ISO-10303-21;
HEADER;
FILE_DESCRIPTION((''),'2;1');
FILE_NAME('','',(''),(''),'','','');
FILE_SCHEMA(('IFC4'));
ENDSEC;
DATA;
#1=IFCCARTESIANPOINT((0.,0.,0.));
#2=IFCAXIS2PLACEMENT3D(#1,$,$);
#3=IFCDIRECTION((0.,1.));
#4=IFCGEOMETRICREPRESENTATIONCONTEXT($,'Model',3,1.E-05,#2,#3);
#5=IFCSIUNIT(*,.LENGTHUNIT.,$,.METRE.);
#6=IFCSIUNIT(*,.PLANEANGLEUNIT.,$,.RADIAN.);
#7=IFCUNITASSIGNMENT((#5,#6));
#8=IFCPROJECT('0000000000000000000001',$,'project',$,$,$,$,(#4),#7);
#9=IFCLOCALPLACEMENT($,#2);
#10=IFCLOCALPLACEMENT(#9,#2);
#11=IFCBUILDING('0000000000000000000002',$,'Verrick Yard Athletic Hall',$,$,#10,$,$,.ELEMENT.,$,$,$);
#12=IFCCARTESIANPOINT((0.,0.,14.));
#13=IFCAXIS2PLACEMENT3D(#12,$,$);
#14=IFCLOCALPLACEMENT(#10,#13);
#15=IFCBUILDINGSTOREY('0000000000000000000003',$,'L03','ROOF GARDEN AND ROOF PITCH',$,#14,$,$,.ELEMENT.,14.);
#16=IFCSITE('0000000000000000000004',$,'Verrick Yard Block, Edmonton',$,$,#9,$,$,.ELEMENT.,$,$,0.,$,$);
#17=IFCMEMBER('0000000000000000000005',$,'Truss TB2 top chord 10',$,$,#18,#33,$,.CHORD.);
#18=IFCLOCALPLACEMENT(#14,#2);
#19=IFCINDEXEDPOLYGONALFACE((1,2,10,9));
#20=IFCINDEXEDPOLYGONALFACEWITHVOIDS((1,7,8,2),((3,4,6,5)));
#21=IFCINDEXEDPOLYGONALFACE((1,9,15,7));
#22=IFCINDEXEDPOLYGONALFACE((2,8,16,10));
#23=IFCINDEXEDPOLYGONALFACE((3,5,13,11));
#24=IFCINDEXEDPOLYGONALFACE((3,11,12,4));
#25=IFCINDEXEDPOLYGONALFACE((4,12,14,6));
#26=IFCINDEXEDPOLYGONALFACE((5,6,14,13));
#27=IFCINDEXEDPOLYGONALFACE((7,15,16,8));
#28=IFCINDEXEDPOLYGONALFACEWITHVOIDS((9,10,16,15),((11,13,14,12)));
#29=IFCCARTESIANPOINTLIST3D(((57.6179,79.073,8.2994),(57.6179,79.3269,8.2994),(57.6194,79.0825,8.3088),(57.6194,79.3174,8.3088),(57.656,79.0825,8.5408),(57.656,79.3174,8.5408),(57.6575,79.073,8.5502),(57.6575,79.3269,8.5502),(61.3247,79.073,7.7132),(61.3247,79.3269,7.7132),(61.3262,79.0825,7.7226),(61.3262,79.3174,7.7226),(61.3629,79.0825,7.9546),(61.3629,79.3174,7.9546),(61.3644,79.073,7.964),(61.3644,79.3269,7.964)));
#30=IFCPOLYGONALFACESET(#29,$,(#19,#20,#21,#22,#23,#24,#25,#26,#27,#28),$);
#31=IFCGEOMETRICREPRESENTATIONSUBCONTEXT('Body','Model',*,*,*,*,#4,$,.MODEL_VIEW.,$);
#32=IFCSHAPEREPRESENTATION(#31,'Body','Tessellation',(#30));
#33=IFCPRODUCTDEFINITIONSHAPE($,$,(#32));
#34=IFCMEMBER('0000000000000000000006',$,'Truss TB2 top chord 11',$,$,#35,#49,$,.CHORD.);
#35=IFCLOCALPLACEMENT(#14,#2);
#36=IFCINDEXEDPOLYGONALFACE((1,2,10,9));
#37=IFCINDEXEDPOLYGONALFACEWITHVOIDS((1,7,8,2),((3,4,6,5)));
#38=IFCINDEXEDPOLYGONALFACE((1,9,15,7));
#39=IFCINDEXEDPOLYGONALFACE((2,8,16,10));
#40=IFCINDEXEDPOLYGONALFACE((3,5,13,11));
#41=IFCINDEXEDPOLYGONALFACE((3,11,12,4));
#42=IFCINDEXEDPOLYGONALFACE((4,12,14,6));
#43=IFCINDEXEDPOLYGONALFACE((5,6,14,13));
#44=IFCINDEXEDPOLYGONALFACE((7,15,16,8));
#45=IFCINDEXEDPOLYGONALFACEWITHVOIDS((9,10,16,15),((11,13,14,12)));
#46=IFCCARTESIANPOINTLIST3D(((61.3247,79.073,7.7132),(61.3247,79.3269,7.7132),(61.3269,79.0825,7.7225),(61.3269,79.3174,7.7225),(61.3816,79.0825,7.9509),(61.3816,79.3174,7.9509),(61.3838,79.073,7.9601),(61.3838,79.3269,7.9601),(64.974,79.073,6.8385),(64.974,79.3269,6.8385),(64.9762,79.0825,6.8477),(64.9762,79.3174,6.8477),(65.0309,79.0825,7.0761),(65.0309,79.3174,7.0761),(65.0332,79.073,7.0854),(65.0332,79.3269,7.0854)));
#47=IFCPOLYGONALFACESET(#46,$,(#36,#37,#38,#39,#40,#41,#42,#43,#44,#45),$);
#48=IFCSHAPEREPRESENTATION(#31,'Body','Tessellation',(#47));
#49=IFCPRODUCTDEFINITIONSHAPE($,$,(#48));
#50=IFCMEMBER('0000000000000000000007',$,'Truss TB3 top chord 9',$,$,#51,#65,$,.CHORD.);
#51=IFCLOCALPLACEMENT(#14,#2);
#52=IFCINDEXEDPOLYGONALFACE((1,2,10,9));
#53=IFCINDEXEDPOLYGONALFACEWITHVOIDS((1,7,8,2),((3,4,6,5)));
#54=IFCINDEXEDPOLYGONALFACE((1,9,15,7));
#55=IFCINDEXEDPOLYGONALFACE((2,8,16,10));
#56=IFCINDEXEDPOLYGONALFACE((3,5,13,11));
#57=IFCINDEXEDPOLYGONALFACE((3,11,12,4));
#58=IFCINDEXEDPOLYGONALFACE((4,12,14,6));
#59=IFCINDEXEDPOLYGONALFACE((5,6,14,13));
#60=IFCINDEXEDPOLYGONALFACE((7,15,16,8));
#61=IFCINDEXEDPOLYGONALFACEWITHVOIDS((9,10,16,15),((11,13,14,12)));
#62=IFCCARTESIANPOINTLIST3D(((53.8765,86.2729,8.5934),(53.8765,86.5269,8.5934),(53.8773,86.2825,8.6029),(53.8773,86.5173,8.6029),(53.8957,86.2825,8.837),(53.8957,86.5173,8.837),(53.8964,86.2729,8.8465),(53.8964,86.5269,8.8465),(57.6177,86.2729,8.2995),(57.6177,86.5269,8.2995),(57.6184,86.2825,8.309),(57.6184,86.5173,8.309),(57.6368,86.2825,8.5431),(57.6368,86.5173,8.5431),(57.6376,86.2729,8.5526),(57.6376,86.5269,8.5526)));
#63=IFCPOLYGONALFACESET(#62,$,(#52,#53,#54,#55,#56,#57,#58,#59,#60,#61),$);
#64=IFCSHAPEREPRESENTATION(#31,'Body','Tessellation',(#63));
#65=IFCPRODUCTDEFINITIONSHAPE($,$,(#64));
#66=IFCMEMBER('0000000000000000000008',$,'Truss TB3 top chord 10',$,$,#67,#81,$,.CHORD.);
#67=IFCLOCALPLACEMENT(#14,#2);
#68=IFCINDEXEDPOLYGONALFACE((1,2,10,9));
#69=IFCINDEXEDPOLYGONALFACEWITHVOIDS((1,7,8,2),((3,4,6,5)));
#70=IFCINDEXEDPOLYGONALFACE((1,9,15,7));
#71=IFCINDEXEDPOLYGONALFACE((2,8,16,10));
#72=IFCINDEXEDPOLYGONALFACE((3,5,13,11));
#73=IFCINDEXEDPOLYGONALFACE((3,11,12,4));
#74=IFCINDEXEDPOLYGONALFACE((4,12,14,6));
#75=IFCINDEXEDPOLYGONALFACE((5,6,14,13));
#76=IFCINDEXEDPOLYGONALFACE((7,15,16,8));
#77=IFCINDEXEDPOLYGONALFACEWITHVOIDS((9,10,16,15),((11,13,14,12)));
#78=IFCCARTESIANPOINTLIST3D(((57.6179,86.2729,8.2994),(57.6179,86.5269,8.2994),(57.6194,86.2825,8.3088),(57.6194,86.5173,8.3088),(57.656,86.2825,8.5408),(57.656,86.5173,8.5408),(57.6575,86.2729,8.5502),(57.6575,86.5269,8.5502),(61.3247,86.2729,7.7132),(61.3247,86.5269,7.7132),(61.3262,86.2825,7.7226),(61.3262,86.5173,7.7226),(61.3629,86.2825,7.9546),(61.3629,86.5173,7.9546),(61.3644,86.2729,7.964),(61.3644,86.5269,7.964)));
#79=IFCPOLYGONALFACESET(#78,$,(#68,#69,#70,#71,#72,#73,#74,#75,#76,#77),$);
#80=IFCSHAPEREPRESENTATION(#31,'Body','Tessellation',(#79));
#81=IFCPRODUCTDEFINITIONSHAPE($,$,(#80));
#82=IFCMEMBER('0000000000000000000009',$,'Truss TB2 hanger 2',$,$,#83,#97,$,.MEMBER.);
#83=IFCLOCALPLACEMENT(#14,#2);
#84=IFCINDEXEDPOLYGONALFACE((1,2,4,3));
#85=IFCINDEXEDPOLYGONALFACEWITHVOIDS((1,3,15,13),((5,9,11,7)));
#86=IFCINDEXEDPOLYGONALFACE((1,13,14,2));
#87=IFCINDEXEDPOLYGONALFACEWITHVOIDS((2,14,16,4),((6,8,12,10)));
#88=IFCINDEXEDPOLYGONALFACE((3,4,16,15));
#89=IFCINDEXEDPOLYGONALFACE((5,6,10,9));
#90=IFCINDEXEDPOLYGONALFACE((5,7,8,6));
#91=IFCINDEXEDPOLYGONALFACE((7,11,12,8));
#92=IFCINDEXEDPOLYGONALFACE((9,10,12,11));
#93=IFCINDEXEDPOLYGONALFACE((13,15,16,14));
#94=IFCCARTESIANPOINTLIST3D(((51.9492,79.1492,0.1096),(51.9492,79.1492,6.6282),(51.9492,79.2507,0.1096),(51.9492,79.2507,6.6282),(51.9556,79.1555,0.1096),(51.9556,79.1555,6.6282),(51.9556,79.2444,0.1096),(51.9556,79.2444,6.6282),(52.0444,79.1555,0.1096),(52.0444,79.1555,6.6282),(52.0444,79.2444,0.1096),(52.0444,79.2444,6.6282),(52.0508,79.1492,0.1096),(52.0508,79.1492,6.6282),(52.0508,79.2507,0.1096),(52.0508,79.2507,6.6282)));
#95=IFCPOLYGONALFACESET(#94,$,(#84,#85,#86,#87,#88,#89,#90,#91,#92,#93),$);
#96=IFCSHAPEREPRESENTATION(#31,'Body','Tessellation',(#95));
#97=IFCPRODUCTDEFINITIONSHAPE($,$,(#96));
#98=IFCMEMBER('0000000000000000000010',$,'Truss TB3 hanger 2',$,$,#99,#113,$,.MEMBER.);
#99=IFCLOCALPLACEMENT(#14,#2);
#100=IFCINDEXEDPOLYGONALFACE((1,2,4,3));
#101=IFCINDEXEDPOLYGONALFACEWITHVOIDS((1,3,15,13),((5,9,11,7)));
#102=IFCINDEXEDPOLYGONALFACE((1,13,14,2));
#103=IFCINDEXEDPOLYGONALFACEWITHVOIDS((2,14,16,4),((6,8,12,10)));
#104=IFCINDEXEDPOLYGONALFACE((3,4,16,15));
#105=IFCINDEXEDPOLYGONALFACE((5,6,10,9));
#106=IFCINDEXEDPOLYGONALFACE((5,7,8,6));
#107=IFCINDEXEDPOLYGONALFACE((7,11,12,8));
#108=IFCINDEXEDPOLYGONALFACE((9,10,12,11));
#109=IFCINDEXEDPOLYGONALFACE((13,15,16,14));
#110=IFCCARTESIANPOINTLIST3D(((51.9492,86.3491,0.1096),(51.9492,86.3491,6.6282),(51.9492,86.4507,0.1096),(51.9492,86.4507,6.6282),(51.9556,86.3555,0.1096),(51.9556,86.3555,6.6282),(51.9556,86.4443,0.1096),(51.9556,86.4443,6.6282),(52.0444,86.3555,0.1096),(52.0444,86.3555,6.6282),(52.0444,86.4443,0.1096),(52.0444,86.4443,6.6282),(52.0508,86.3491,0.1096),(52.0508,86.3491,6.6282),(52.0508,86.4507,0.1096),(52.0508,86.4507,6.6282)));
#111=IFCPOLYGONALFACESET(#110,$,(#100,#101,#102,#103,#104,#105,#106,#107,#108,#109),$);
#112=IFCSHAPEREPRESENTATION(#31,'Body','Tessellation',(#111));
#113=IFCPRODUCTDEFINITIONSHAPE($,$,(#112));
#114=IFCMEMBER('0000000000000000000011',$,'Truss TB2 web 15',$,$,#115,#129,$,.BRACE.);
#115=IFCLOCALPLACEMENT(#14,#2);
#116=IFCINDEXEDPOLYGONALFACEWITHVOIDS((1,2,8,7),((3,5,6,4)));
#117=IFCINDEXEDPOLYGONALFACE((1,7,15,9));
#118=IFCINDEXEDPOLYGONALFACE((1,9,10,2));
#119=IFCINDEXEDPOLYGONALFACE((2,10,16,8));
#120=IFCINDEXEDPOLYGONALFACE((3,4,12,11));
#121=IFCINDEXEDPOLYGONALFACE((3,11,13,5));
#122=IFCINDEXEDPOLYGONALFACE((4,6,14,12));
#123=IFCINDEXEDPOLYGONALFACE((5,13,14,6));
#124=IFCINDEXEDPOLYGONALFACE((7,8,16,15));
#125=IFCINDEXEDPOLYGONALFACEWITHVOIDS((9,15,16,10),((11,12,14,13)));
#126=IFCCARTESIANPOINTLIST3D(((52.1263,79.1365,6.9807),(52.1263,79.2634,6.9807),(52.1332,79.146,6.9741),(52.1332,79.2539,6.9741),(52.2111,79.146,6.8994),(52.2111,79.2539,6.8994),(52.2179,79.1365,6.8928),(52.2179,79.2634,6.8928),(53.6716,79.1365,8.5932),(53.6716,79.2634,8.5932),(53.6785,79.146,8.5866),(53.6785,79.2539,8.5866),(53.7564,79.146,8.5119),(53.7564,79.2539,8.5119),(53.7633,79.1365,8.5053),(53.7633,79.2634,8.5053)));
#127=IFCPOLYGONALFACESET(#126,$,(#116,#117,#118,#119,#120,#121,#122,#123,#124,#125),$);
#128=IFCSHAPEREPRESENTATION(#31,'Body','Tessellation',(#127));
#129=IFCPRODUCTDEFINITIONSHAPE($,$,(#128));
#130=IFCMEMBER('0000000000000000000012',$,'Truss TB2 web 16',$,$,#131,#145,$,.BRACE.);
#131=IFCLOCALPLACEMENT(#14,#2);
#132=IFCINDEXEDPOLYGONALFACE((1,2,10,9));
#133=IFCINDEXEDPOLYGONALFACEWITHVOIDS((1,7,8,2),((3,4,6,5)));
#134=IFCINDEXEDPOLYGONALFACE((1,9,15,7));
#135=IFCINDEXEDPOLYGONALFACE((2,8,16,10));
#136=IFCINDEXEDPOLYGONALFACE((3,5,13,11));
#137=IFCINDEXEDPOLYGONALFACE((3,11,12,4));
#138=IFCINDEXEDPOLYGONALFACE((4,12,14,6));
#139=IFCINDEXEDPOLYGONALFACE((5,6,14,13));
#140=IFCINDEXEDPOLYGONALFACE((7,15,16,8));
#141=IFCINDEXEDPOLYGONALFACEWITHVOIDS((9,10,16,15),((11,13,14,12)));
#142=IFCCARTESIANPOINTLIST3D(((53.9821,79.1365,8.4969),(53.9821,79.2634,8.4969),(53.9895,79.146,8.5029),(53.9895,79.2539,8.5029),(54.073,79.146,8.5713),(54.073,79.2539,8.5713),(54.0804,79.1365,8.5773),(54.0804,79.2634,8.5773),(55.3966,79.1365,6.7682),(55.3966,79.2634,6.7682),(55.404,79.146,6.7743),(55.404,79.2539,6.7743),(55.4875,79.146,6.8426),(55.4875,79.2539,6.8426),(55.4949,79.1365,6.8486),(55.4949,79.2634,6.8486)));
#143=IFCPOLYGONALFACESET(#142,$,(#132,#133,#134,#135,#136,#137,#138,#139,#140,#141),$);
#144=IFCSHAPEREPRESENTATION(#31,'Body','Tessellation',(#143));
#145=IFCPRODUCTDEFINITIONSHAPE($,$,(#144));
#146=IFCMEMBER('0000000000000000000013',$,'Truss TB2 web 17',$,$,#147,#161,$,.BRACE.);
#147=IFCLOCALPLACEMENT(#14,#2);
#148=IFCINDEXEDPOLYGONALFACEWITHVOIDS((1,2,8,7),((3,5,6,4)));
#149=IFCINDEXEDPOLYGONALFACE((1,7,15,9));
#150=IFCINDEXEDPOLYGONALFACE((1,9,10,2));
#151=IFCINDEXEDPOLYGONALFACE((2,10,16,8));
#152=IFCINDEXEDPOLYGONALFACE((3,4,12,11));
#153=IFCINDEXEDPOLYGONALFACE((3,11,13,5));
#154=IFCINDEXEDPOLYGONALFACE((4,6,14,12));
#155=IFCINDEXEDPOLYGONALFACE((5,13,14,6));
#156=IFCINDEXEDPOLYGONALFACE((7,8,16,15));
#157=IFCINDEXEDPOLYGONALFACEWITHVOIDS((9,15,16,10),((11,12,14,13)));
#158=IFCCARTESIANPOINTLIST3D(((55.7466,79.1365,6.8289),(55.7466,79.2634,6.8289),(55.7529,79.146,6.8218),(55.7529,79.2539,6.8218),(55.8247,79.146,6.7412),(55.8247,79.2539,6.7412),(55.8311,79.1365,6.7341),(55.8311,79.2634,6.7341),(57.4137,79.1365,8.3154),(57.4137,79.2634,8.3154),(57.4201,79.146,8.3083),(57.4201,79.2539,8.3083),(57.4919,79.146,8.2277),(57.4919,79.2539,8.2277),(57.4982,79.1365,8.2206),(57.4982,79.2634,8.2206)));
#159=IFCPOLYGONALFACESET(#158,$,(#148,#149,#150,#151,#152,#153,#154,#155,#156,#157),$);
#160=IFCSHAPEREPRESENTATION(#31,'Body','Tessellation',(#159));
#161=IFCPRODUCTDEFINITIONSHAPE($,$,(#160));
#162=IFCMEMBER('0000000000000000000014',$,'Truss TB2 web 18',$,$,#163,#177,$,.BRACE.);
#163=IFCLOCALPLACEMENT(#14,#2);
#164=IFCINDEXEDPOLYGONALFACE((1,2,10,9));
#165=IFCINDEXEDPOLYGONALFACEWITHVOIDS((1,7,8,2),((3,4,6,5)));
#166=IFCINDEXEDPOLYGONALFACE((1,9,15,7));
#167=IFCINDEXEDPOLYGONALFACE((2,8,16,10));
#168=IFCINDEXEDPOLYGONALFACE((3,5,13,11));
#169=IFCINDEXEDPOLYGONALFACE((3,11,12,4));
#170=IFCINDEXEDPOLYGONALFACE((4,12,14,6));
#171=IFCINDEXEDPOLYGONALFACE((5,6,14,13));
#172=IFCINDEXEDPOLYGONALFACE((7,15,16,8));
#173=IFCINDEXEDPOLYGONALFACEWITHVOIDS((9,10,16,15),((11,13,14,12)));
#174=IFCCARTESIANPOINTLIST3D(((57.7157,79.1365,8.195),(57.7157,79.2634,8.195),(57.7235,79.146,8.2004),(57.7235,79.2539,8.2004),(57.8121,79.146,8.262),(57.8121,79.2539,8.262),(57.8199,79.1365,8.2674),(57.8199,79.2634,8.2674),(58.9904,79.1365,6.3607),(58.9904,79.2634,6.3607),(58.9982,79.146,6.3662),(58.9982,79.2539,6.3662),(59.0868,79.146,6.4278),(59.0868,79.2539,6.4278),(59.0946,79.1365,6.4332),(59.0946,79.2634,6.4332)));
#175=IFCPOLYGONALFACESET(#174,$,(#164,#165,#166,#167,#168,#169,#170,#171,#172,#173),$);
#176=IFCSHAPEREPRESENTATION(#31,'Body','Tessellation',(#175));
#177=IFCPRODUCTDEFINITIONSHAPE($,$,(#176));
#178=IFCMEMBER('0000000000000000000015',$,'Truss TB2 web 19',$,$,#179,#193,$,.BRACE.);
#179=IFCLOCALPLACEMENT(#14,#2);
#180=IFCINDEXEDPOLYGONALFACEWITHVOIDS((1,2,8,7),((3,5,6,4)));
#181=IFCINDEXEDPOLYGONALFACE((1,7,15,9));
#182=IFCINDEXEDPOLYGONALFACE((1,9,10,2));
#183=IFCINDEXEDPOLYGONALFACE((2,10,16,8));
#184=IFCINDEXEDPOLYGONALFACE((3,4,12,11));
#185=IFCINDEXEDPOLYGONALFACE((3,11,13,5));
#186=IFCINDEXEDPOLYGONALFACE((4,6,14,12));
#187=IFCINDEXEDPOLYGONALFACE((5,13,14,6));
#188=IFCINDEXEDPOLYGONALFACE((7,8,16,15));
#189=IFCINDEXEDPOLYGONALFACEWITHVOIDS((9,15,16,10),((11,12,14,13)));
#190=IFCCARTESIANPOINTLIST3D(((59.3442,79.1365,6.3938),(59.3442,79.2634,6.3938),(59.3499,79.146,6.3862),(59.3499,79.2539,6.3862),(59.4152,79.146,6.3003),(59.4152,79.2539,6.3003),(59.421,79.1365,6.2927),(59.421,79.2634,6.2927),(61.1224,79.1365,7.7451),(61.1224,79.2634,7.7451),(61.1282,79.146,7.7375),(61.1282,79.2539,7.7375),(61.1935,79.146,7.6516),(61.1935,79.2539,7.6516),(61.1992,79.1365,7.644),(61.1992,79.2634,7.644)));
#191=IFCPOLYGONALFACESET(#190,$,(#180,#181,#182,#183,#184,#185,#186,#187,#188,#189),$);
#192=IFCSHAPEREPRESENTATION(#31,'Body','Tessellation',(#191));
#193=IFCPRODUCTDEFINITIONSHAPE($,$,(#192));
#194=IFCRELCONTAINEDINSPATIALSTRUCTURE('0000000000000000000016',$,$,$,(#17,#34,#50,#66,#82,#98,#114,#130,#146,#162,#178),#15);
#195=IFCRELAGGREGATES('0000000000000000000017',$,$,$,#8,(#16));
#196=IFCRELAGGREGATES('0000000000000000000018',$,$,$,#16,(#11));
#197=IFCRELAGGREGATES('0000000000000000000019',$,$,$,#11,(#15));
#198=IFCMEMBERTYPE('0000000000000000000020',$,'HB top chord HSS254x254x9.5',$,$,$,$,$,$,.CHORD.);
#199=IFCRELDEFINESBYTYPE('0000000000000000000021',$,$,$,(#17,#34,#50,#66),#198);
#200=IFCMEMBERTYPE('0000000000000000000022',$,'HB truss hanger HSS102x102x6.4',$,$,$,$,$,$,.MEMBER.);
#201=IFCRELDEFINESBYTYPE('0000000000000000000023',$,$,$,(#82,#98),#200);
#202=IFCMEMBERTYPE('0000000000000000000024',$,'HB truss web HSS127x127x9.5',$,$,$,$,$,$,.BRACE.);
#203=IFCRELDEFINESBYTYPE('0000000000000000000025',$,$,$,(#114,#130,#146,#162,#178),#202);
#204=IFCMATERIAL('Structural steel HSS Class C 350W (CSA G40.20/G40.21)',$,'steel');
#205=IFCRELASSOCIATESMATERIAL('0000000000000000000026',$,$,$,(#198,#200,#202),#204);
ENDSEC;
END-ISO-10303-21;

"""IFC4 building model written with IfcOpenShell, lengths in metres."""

from ifc_helpers import new_model, si_unit, direction, frame, origin, origin_2d, place, context, subcontext, project, spatial, hollow_rectangle, extrude, material, material_profile, profile_set, type_object, element, save


model = new_model("IFC4")

# Units and contexts
model_context = context("Model", 3, precision=1e-05, world=origin(), true_north=direction((0.0, 1.0)))
body_context = subcontext(model_context, "Body", "Model", "MODEL_VIEW")
ifc_project = project(units=[si_unit("LENGTHUNIT", "METRE"), si_unit("PLANEANGLEUNIT", "RADIAN")], contexts=[model_context])

# Site, building, storey
site_placement = place(None, origin())
site = spatial("IfcSite", under=ifc_project, at=site_placement, Name="Verrick Yard Block, Edmonton", CompositionType="ELEMENT", RefElevation=0.0)
building_placement = place(site_placement, origin())
building = spatial("IfcBuilding", under=site, at=building_placement, Name="Verrick Yard Athletic Hall", CompositionType="ELEMENT")
storey_placement = place(building_placement, frame((0.0, 0.0, 14.0)))
storey = spatial("IfcBuildingStorey", under=building, at=storey_placement, Name="L03", Description="ROOF GARDEN AND ROOF PITCH", CompositionType="ELEMENT", Elevation=14.0)

# Members
ifc_material_1 = material(Name="Structural steel HSS Class C 350W (CSA G40.20/G40.21)", Category="steel")
ifc_material_profile_1 = material_profile(ifc_material_1, hollow_rectangle(XDim=0.2539, YDim=0.2539, WallThickness=0.0095, at=origin_2d()), Name="HSS254x254x9.5")
ifc_profile_set_1 = profile_set([ifc_material_profile_1], Name="Structural steel HSS Class C 350W (CSA G40.20/G40.21)")
member_type_1 = type_object("IfcMemberType", Name="HB top chord HSS254x254x9.5", PredefinedType="CHORD", material=ifc_profile_set_1)
member_1_placement = place(storey_placement, frame((57.6377, 79.2, 8.4248), z_axis=(0.987726, 0.0, -0.156196), x_axis=(0.0, 1.0, 0.0)))
element("IfcMember", 1, at=member_1_placement, inside=storey, type_object=member_type_1, Name="Truss TB2 top chord 10", PredefinedType="CHORD", context=body_context, shape_type="SweptSolid", body=[
    extrude(hollow_rectangle(XDim=0.2539, YDim=0.2539, WallThickness=0.0095, at=origin_2d()), origin(), (0.0, 0.0, 1.0), 3.7529),
])
for number, where, z_axis, x_axis, name in (
    (2, (61.3542, 79.2, 7.8367), (0.972454, 0.0, -0.233095), (0.0, 1.0, 0.0), "Truss TB2 top chord 11"),
    (3, (53.8865, 86.3999, 8.72), (0.996928, 0.0, -0.078328), (0.0, 1.0, 0.0), "Truss TB3 top chord 9"),
):
    element("IfcMember", number, at=place(storey_placement, frame(where, z_axis=z_axis, x_axis=x_axis)), inside=storey, type_object=member_type_1, Name=name, PredefinedType="CHORD", context=body_context, shape_type="SweptSolid", body=[
        extrude(hollow_rectangle(XDim=0.2539, YDim=0.2539, WallThickness=0.0095, at=origin_2d()), origin(), (0.0, 0.0, 1.0), 3.7527),
    ])
member_2_placement = place(storey_placement, frame((57.6377, 86.3999, 8.4248), z_axis=(0.987726, 0.0, -0.156196), x_axis=(0.0, 1.0, 0.0)))
element("IfcMember", 4, at=member_2_placement, inside=storey, type_object=member_type_1, Name="Truss TB3 top chord 10", PredefinedType="CHORD", context=body_context, shape_type="SweptSolid", body=[
    extrude(hollow_rectangle(XDim=0.2539, YDim=0.2539, WallThickness=0.0095, at=origin_2d()), origin(), (0.0, 0.0, 1.0), 3.7529),
])
ifc_material_profile_2 = material_profile(ifc_material_1, hollow_rectangle(XDim=0.1016, YDim=0.1016, WallThickness=0.0063, at=origin_2d()), Name="HSS102x102x6.4")
ifc_profile_set_2 = profile_set([ifc_material_profile_2], Name="Structural steel HSS Class C 350W (CSA G40.20/G40.21)")
member_type_2 = type_object("IfcMemberType", Name="HB truss hanger HSS102x102x6.4", PredefinedType="MEMBER", material=ifc_profile_set_2)
for number, where, z_axis, x_axis, name in (
    (5, (52.0, 79.2, 6.6282), (0.0, 0.0, -1.0), (0.0, -1.0, 0.0), "Truss TB2 hanger 2"),
    (6, (52.0, 86.3999, 6.6282), (0.0, 0.0, -1.0), (0.0, -1.0, 0.0), "Truss TB3 hanger 2"),
):
    element("IfcMember", number, at=place(storey_placement, frame(where, z_axis=z_axis, x_axis=x_axis)), inside=storey, type_object=member_type_2, Name=name, PredefinedType="MEMBER", context=body_context, shape_type="SweptSolid", body=[
        extrude(hollow_rectangle(XDim=0.1016, YDim=0.1016, WallThickness=0.0063, at=origin_2d()), origin(), (0.0, 0.0, 1.0), 6.5186),
    ])
ifc_material_profile_3 = material_profile(ifc_material_1, hollow_rectangle(XDim=0.127, YDim=0.127, WallThickness=0.0095, at=origin_2d()), Name="HSS127x127x9.5")
ifc_profile_set_3 = profile_set([ifc_material_profile_3], Name="Structural steel HSS Class C 350W (CSA G40.20/G40.21)")
member_type_3 = type_object("IfcMemberType", Name="HB truss web HSS127x127x9.5", PredefinedType="BRACE", material=ifc_profile_set_3)
member_3_placement = place(storey_placement, frame((52.1721, 79.2, 6.9368), z_axis=(0.691917, 0.0, 0.721977), x_axis=(0.0, 1.0, 0.0)))
element("IfcMember", 7, at=member_3_placement, inside=storey, type_object=member_type_3, Name="Truss TB2 web 15", PredefinedType="BRACE", context=body_context, shape_type="SweptSolid", body=[
    extrude(hollow_rectangle(XDim=0.127, YDim=0.127, WallThickness=0.0095, at=origin_2d()), origin(), (0.0, 0.0, 1.0), 2.2334),
])
for number, where, z_axis, x_axis, name in (
    (8, (54.0312, 79.2, 8.5371), (0.633268, 0.0, -0.773933), (0.0, 1.0, 0.0), "Truss TB2 web 16"),
    (9, (55.7888, 79.2, 6.7815), (0.746389, 0.0, 0.66551), (0.0, 1.0, 0.0), "Truss TB2 web 17"),
    (10, (57.7678, 79.2, 8.2312), (0.570664, 0.0, -0.821184), (0.0, 1.0, 0.0), "Truss TB2 web 18"),
):
    element("IfcMember", number, at=place(storey_placement, frame(where, z_axis=z_axis, x_axis=x_axis)), inside=storey, type_object=member_type_3, Name=name, PredefinedType="BRACE", context=body_context, shape_type="SweptSolid", body=[
        extrude(hollow_rectangle(XDim=0.127, YDim=0.127, WallThickness=0.0095, at=origin_2d()), origin(), (0.0, 0.0, 1.0), 2.2336),
    ])
member_4_placement = place(storey_placement, frame((59.3826, 79.2, 6.3433), z_axis=(0.796206, 0.0, 0.605025), x_axis=(0.0, 1.0, 0.0)))
element("IfcMember", 11, at=member_4_placement, inside=storey, type_object=member_type_3, Name="Truss TB2 web 19", PredefinedType="BRACE", context=body_context, shape_type="SweptSolid", body=[
    extrude(hollow_rectangle(XDim=0.127, YDim=0.127, WallThickness=0.0095, at=origin_2d()), origin(), (0.0, 0.0, 1.0), 2.2334),
])

save(model, "model.ifc")
